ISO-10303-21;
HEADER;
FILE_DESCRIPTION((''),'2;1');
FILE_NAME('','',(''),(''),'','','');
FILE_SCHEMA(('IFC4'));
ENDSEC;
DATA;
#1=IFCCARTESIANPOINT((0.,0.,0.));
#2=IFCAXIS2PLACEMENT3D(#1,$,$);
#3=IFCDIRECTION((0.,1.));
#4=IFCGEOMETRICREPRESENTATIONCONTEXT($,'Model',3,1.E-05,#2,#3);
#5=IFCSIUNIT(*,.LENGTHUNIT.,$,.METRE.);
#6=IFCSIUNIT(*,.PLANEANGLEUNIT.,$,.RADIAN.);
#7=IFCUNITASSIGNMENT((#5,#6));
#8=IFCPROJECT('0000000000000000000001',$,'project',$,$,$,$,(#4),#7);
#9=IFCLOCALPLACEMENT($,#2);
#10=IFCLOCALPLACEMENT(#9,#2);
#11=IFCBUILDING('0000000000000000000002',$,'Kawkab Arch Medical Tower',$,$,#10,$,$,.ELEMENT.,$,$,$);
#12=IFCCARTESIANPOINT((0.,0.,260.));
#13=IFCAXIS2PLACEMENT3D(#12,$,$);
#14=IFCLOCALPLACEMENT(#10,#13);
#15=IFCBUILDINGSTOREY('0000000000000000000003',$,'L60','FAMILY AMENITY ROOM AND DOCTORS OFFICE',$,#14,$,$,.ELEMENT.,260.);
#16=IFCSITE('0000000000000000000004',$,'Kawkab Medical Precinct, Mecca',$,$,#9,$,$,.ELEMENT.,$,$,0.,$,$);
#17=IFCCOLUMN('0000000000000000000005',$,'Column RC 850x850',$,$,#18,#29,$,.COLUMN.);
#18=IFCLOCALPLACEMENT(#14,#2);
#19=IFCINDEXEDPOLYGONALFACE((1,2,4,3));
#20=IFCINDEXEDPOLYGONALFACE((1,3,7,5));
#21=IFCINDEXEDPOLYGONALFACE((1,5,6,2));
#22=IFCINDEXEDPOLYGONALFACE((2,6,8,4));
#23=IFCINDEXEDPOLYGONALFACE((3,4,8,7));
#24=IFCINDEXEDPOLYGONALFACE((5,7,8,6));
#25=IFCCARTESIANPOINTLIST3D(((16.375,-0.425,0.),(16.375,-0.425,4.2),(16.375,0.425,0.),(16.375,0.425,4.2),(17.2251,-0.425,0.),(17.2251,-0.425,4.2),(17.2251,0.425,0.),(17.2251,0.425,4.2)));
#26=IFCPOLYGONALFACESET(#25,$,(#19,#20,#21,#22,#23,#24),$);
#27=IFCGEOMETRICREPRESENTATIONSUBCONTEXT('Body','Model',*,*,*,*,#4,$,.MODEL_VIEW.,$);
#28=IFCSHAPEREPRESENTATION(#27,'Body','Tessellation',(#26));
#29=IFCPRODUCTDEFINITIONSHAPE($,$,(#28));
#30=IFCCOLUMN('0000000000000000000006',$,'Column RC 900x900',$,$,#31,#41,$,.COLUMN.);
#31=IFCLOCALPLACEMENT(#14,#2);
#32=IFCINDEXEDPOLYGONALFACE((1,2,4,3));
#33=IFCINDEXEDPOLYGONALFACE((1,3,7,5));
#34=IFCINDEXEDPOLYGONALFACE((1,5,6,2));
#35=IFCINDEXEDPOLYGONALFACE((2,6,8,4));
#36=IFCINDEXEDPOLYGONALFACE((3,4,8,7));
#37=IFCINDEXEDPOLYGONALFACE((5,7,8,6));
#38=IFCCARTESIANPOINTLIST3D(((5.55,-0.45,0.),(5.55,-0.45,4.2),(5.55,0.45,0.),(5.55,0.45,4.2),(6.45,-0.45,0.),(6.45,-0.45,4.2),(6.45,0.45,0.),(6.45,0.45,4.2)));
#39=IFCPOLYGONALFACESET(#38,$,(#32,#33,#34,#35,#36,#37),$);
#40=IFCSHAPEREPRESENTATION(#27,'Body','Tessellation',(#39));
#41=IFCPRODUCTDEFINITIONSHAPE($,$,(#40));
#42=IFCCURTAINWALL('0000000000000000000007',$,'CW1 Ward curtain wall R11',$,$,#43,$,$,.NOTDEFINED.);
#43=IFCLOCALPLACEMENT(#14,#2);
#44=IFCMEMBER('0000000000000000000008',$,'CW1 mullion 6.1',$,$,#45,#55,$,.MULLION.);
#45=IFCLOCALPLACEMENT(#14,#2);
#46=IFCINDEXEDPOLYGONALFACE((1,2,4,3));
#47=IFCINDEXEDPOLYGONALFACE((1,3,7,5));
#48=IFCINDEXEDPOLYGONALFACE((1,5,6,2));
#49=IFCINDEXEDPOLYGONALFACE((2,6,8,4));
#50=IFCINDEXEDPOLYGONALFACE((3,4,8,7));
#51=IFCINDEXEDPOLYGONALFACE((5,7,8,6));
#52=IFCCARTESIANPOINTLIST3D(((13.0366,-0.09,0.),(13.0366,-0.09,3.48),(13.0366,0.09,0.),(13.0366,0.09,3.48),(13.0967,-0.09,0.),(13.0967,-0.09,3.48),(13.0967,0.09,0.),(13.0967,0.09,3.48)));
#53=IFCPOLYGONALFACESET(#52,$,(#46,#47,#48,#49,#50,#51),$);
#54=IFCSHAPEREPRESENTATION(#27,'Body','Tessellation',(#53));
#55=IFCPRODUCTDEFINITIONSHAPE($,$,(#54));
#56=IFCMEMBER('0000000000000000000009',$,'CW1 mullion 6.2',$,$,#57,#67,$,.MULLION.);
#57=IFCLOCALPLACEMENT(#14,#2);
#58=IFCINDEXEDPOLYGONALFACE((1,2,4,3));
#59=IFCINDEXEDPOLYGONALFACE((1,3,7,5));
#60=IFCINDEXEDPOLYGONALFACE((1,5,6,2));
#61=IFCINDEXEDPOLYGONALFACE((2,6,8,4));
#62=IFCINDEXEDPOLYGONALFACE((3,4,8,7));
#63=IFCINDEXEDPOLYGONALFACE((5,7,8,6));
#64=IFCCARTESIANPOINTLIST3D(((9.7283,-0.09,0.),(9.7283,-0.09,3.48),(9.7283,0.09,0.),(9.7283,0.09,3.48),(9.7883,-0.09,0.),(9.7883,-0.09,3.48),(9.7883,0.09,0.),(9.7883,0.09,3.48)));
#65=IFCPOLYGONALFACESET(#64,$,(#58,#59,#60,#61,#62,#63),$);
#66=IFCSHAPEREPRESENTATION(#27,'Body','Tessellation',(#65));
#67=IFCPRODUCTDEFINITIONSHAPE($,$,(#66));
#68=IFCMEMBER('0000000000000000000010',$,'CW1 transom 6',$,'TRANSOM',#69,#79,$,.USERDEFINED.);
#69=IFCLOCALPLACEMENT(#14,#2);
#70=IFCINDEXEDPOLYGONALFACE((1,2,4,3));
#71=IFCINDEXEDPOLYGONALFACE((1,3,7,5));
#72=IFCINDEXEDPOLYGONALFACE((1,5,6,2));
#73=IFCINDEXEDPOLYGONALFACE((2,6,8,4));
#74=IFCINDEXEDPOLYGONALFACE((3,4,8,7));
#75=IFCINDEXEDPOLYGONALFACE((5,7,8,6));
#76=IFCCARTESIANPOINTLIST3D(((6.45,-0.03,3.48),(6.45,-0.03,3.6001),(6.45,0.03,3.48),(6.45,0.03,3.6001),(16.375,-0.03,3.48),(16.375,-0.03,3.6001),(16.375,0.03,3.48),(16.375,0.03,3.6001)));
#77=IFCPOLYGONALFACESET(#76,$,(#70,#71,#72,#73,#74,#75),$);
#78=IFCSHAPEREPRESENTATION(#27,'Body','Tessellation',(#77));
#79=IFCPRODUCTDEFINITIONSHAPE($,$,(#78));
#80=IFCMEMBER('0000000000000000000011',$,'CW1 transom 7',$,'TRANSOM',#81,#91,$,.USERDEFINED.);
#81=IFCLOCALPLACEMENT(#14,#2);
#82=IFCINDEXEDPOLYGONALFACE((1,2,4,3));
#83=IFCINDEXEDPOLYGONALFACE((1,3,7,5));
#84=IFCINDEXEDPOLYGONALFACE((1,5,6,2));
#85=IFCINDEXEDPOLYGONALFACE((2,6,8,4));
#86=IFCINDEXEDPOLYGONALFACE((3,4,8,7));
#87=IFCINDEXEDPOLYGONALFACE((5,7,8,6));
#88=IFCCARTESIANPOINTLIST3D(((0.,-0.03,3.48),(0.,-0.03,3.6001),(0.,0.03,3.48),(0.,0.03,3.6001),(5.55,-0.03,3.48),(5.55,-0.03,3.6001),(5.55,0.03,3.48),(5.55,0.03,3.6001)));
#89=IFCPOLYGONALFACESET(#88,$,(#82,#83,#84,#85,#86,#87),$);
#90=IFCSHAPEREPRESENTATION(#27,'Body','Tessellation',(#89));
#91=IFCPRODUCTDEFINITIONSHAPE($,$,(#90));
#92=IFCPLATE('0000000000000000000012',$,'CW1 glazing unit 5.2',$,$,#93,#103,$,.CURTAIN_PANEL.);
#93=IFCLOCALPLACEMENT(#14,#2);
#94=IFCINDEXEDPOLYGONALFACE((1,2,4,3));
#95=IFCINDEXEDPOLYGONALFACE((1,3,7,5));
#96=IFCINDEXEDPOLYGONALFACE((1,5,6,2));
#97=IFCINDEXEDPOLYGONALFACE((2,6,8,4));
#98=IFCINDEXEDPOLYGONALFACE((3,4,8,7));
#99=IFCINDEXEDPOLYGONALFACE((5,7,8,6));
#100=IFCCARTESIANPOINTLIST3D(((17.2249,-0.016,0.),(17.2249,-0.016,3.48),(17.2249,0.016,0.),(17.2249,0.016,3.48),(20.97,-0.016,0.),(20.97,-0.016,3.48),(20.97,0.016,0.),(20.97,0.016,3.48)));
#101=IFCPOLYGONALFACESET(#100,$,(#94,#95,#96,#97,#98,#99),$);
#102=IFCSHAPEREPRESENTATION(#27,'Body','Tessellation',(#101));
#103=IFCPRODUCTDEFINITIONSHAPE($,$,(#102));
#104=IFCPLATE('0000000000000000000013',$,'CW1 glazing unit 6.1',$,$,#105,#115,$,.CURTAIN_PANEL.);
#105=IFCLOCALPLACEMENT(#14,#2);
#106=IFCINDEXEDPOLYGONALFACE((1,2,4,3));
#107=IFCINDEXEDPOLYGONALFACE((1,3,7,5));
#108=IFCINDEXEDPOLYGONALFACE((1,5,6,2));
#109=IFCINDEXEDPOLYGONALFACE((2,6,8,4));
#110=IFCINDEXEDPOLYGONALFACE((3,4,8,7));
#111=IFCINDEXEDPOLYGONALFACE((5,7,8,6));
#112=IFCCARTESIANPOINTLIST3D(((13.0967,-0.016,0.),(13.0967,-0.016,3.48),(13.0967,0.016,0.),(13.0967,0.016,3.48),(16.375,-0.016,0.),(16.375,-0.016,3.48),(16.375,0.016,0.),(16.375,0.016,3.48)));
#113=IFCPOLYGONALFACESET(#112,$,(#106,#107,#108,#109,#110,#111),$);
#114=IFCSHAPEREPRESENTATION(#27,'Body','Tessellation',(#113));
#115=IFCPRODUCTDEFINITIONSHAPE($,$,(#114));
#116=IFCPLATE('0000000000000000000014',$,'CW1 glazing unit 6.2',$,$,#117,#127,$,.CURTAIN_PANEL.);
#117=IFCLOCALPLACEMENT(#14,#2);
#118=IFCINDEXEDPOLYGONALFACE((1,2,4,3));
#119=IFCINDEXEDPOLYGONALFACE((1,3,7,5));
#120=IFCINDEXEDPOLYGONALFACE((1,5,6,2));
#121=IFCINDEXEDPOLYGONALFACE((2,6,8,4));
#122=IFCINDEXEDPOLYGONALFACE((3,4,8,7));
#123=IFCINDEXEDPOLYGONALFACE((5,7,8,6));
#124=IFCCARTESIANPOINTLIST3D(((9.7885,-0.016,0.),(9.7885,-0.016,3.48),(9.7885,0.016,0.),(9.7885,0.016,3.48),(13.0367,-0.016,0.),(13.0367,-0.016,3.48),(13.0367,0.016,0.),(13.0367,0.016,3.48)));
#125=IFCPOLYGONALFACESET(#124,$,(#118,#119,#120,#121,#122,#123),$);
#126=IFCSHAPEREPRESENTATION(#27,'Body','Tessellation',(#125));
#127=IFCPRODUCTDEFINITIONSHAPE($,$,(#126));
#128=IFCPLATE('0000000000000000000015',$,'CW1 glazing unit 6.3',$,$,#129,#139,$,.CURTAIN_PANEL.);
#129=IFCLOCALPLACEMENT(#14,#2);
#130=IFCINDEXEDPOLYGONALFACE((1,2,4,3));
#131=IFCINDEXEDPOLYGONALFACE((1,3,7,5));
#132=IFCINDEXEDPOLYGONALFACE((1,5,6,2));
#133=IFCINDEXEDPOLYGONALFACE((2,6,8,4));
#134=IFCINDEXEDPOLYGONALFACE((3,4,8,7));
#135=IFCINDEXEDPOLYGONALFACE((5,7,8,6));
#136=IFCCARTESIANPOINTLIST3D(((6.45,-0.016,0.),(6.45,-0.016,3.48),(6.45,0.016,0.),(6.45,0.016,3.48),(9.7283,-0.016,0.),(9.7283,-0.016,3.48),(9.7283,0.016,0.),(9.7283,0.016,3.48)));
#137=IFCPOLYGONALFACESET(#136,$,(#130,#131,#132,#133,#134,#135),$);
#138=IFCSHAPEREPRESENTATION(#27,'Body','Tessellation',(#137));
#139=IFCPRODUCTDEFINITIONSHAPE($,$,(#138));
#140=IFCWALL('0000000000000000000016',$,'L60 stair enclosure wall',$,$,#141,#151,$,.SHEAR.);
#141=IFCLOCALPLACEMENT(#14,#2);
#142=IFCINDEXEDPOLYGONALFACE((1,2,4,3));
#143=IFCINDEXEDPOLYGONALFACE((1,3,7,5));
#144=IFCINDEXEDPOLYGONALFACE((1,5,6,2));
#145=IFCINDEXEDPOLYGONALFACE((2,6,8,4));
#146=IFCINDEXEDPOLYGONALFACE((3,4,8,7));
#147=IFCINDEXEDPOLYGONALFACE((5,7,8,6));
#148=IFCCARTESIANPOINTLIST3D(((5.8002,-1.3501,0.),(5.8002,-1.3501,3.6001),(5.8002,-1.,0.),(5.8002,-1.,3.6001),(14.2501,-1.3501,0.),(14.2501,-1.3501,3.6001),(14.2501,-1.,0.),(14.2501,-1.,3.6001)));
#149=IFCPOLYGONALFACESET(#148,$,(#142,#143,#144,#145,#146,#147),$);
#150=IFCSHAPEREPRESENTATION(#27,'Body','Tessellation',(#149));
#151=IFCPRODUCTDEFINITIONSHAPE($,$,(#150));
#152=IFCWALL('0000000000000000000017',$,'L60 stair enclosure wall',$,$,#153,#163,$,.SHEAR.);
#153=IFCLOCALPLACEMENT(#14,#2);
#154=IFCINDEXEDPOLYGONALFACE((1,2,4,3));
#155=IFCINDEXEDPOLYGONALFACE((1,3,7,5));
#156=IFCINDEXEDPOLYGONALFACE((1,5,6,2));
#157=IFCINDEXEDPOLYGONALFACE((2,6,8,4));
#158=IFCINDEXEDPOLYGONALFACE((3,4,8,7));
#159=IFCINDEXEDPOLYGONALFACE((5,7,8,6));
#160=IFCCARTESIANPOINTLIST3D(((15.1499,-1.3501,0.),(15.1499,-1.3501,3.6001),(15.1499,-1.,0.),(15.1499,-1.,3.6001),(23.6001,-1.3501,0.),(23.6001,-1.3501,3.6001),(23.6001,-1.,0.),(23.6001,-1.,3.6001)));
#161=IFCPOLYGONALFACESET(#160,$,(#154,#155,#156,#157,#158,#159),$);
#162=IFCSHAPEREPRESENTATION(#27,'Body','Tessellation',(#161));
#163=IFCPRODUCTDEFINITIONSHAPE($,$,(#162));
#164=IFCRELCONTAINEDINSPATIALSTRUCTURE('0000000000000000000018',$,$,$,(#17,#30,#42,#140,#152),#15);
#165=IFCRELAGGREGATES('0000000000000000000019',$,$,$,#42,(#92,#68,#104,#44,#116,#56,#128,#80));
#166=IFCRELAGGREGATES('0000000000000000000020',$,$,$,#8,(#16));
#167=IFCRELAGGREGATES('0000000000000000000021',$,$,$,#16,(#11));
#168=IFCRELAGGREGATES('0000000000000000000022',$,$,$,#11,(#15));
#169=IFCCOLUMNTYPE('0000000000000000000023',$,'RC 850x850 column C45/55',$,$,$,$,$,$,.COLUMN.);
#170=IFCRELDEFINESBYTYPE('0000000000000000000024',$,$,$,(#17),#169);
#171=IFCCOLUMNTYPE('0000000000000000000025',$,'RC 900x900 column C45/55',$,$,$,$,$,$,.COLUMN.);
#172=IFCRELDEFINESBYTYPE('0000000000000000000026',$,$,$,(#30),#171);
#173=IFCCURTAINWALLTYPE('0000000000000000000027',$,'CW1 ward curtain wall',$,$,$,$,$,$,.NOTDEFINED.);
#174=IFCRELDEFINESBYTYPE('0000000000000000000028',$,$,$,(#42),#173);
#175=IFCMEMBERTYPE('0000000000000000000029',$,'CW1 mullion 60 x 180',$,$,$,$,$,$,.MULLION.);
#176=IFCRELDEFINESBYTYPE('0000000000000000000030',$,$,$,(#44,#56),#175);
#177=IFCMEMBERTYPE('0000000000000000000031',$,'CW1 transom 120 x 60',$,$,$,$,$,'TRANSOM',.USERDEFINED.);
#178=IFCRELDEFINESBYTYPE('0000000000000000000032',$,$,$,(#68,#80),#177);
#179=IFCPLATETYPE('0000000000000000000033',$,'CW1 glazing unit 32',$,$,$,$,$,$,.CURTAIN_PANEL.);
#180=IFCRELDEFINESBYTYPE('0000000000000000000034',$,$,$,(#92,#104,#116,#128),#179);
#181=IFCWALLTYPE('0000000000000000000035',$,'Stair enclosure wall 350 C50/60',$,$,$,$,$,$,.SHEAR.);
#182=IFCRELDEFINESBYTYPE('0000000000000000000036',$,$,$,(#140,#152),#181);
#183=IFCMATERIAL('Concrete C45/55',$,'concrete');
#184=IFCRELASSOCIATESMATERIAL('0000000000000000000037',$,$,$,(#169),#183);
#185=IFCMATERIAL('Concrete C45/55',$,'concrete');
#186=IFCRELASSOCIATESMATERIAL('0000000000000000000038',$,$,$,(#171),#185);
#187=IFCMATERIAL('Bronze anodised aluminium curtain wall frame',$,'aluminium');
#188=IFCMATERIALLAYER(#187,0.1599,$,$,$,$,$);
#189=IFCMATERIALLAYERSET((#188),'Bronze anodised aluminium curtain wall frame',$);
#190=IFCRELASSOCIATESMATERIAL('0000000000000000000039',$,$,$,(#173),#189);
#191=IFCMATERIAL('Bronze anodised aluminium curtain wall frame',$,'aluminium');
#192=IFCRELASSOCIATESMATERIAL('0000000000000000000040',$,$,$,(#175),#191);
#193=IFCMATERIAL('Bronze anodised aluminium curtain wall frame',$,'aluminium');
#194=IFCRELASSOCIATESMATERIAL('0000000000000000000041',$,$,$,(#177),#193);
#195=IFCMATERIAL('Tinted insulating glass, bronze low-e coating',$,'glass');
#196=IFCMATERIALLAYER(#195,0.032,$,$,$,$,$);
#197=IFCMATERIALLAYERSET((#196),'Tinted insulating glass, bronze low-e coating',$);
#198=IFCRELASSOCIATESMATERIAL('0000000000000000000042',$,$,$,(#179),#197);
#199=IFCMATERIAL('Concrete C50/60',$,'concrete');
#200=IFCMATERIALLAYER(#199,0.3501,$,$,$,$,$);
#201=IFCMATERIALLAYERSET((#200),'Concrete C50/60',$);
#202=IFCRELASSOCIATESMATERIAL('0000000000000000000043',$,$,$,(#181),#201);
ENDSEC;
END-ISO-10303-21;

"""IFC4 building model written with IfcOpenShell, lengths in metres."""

from ifc_helpers import new_model, si_unit, direction, frame, frame_2d, origin, origin_2d, place, context, subcontext, project, spatial, rectangle, extrude, material, layer, layer_set, material_profile, profile_set, type_object, element, aggregate, save


model = new_model("IFC4")

# Units and contexts
model_context = context("Model", 3, precision=1e-05, world=origin(), true_north=direction((0.0, 1.0)))
body_context = subcontext(model_context, "Body", "Model", "MODEL_VIEW")
ifc_project = project(units=[si_unit("LENGTHUNIT", "METRE"), si_unit("PLANEANGLEUNIT", "RADIAN")], contexts=[model_context])

# Site, building, storey
site_placement = place(None, origin())
site = spatial("IfcSite", under=ifc_project, at=site_placement, Name="Kawkab Medical Precinct, Mecca", CompositionType="ELEMENT", RefElevation=0.0)
building_placement = place(site_placement, origin())
building = spatial("IfcBuilding", under=site, at=building_placement, Name="Kawkab Arch Medical Tower", CompositionType="ELEMENT")
storey_placement = place(building_placement, frame((0.0, 0.0, 260.0)))
storey = spatial("IfcBuildingStorey", under=building, at=storey_placement, Name="L60", Description="FAMILY AMENITY ROOM AND DOCTORS OFFICE", CompositionType="ELEMENT", Elevation=260.0)

# Columns
ifc_material_1 = material(Name="Concrete C45/55", Category="concrete")
ifc_material_profile_1 = material_profile(ifc_material_1, rectangle(XDim=0.8501, YDim=0.8501, at=origin_2d()), Name="RC 850x850")
ifc_profile_set_1 = profile_set([ifc_material_profile_1], Name="Concrete C45/55")
column_type_1 = type_object("IfcColumnType", Name="RC 850x850 column C45/55", PredefinedType="COLUMN", material=ifc_profile_set_1)
column_1_placement = place(storey_placement, frame((16.8, 0.0, 0.0), z_axis=(0.0, 0.0, 1.0), x_axis=(1.0, 0.0, 0.0)))
element("IfcColumn", 1, at=column_1_placement, inside=storey, type_object=column_type_1, Name="Column RC 850x850", PredefinedType="COLUMN", context=body_context, shape_type="SweptSolid", body=[
    extrude(rectangle(XDim=0.8501, YDim=0.8501, at=origin_2d()), origin(), (0.0, 0.0, 1.0), 4.2),
])
ifc_material_2 = material(Name="Concrete C45/55", Category="concrete")
ifc_material_profile_2 = material_profile(ifc_material_2, rectangle(XDim=0.8999, YDim=0.8999, at=origin_2d()), Name="RC 900x900")
ifc_profile_set_2 = profile_set([ifc_material_profile_2], Name="Concrete C45/55")
column_type_2 = type_object("IfcColumnType", Name="RC 900x900 column C45/55", PredefinedType="COLUMN", material=ifc_profile_set_2)
column_2_placement = place(storey_placement, frame((6.0, 0.0, 0.0), z_axis=(0.0, 0.0, 1.0), x_axis=(1.0, 0.0, 0.0)))
element("IfcColumn", 2, at=column_2_placement, inside=storey, type_object=column_type_2, Name="Column RC 900x900", PredefinedType="COLUMN", context=body_context, shape_type="SweptSolid", body=[
    extrude(rectangle(XDim=0.8999, YDim=0.8999, at=origin_2d()), origin(), (0.0, 0.0, 1.0), 4.2),
])

# Curtain wall, members, plates
ifc_material_3 = material(Name="Bronze anodised aluminium curtain wall frame", Category="aluminium")
ifc_layer_1 = layer(ifc_material_3, 0.1599)
ifc_layer_set_1 = layer_set([ifc_layer_1], Name="Bronze anodised aluminium curtain wall frame")
curtain_wall_type = type_object("IfcCurtainWallType", Name="CW1 ward curtain wall", PredefinedType="NOTDEFINED", material=ifc_layer_set_1)
placement = place(storey_placement, origin())
curtain_wall = element("IfcCurtainWall", 3, at=placement, inside=storey, type_object=curtain_wall_type, Name="CW1 Ward curtain wall R11", PredefinedType="NOTDEFINED")
ifc_material_4 = material(Name="Bronze anodised aluminium curtain wall frame", Category="aluminium")
ifc_material_profile_3 = material_profile(ifc_material_4, rectangle(XDim=0.1799, YDim=0.0601, at=origin_2d()), Name="AL 60x180")
ifc_profile_set_3 = profile_set([ifc_material_profile_3], Name="Bronze anodised aluminium curtain wall frame")
member_type_1 = type_object("IfcMemberType", Name="CW1 mullion 60 x 180", PredefinedType="MULLION", material=ifc_profile_set_3)
member_1_placement = place(storey_placement, frame((13.0667, 0.0, 0.0), z_axis=(0.0, 0.0, 1.0), x_axis=(0.0, -1.0, 0.0)))
member_1 = element("IfcMember", 4, at=member_1_placement, type_object=member_type_1, Name="CW1 mullion 6.1", PredefinedType="MULLION", context=body_context, shape_type="SweptSolid", body=[
    extrude(rectangle(XDim=0.1799, YDim=0.0601, at=origin_2d()), origin(), (0.0, 0.0, 1.0), 3.48),
])
member_2_placement = place(storey_placement, frame((9.7583, 0.0, 0.0), z_axis=(0.0, 0.0, 1.0), x_axis=(0.0, -1.0, 0.0)))
member_2 = element("IfcMember", 5, at=member_2_placement, type_object=member_type_1, Name="CW1 mullion 6.2", PredefinedType="MULLION", context=body_context, shape_type="SweptSolid", body=[
    extrude(rectangle(XDim=0.1799, YDim=0.0601, at=origin_2d()), origin(), (0.0, 0.0, 1.0), 3.48),
])
ifc_material_5 = material(Name="Bronze anodised aluminium curtain wall frame", Category="aluminium")
ifc_material_profile_4 = material_profile(ifc_material_5, rectangle(XDim=0.0601, YDim=0.1201, at=origin_2d()), Name="AL 60x120")
ifc_profile_set_4 = profile_set([ifc_material_profile_4], Name="Bronze anodised aluminium curtain wall frame")
member_type_2 = type_object("IfcMemberType", Name="CW1 transom 120 x 60", ElementType="TRANSOM", PredefinedType="USERDEFINED", material=ifc_profile_set_4)
member_3_placement = place(storey_placement, frame((16.375, 0.0, 3.54), z_axis=(-1.0, 0.0, 0.0), x_axis=(0.0, -1.0, 0.0)))
member_3 = element("IfcMember", 6, at=member_3_placement, type_object=member_type_2, Name="CW1 transom 6", ObjectType="TRANSOM", PredefinedType="USERDEFINED", context=body_context, shape_type="SweptSolid", body=[
    extrude(rectangle(XDim=0.0601, YDim=0.1201, at=origin_2d()), origin(), (0.0, 0.0, 1.0), 9.925),
])
member_4_placement = place(storey_placement, frame((5.55, 0.0, 3.54), z_axis=(-1.0, 0.0, 0.0), x_axis=(0.0, -1.0, 0.0)))
member_4 = element("IfcMember", 7, at=member_4_placement, type_object=member_type_2, Name="CW1 transom 7", ObjectType="TRANSOM", PredefinedType="USERDEFINED", context=body_context, shape_type="SweptSolid", body=[
    extrude(rectangle(XDim=0.0601, YDim=0.1201, at=origin_2d()), origin(), (0.0, 0.0, 1.0), 5.55),
])
ifc_material_6 = material(Name="Tinted insulating glass, bronze low-e coating", Category="glass")
ifc_layer_2 = layer(ifc_material_6, 0.032)
ifc_layer_set_2 = layer_set([ifc_layer_2], Name="Tinted insulating glass, bronze low-e coating")
plate_type = type_object("IfcPlateType", Name="CW1 glazing unit 32", PredefinedType="CURTAIN_PANEL", material=ifc_layer_set_2)
plate_1_placement = place(storey_placement, frame((19.0974, 0.0, 0.0), z_axis=(0.0, 0.0, 1.0), x_axis=(-1.0, 0.0, 0.0)))
plate_1 = element("IfcPlate", 8, at=plate_1_placement, type_object=plate_type, Name="CW1 glazing unit 5.2", PredefinedType="CURTAIN_PANEL", context=body_context, shape_type="SweptSolid", body=[
    extrude(rectangle(XDim=3.7451, YDim=0.032, at=origin_2d()), origin(), (0.0, 0.0, 1.0), 3.48),
])
plate_2_placement = place(storey_placement, frame((14.7358, 0.0, 0.0), z_axis=(0.0, 0.0, 1.0), x_axis=(-1.0, 0.0, 0.0)))
plate_2 = element("IfcPlate", 9, at=plate_2_placement, type_object=plate_type, Name="CW1 glazing unit 6.1", PredefinedType="CURTAIN_PANEL", context=body_context, shape_type="SweptSolid", body=[
    extrude(rectangle(XDim=3.2783, YDim=0.032, at=origin_2d()), origin(), (0.0, 0.0, 1.0), 3.48),
])
plate_3_placement = place(storey_placement, frame((11.4126, 0.0, 0.0), z_axis=(0.0, 0.0, 1.0), x_axis=(-1.0, 0.0, 0.0)))
plate_3 = element("IfcPlate", 10, at=plate_3_placement, type_object=plate_type, Name="CW1 glazing unit 6.2", PredefinedType="CURTAIN_PANEL", context=body_context, shape_type="SweptSolid", body=[
    extrude(rectangle(XDim=3.2483, YDim=0.032, at=origin_2d()), origin(), (0.0, 0.0, 1.0), 3.48),
])
plate_4_placement = place(storey_placement, frame((8.0891, 0.0, 0.0), z_axis=(0.0, 0.0, 1.0), x_axis=(-1.0, 0.0, 0.0)))
plate_4 = element("IfcPlate", 11, at=plate_4_placement, type_object=plate_type, Name="CW1 glazing unit 6.3", PredefinedType="CURTAIN_PANEL", context=body_context, shape_type="SweptSolid", body=[
    extrude(rectangle(XDim=3.2783, YDim=0.032, at=origin_2d()), origin(), (0.0, 0.0, 1.0), 3.48),
])
aggregate(curtain_wall, [plate_1, member_3, plate_2, member_1, plate_3, member_2, plate_4, member_4])

# Walls
ifc_material_7 = material(Name="Concrete C50/60", Category="concrete")
ifc_layer_3 = layer(ifc_material_7, 0.3501)
ifc_layer_set_3 = layer_set([ifc_layer_3], Name="Concrete C50/60")
wall_type = type_object("IfcWallType", Name="Stair enclosure wall 350 C50/60", PredefinedType="SHEAR", material=ifc_layer_set_3)
wall_1_placement = place(storey_placement, frame((5.8, -1.175, 0.0), z_axis=(0.0, 0.0, 1.0), x_axis=(1.0, 0.0, 0.0)))
element("IfcWall", 12, at=wall_1_placement, inside=storey, type_object=wall_type, Name="L60 stair enclosure wall", PredefinedType="SHEAR", context=body_context, shape_type="SweptSolid", body=[
    extrude(rectangle(XDim=8.45, YDim=0.3501, at=frame_2d((4.2251, 0.0))), origin(), (0.0, 0.0, 1.0), 3.6001),
])
wall_2_placement = place(storey_placement, frame((15.1499, -1.175, 0.0), z_axis=(0.0, 0.0, 1.0), x_axis=(1.0, 0.0, 0.0)))
element("IfcWall", 13, at=wall_2_placement, inside=storey, type_object=wall_type, Name="L60 stair enclosure wall", PredefinedType="SHEAR", context=body_context, shape_type="SweptSolid", body=[
    extrude(rectangle(XDim=8.4502, YDim=0.3501, at=frame_2d((4.2251, 0.0))), origin(), (0.0, 0.0, 1.0), 3.6001),
])

save(model, "model.ifc")
